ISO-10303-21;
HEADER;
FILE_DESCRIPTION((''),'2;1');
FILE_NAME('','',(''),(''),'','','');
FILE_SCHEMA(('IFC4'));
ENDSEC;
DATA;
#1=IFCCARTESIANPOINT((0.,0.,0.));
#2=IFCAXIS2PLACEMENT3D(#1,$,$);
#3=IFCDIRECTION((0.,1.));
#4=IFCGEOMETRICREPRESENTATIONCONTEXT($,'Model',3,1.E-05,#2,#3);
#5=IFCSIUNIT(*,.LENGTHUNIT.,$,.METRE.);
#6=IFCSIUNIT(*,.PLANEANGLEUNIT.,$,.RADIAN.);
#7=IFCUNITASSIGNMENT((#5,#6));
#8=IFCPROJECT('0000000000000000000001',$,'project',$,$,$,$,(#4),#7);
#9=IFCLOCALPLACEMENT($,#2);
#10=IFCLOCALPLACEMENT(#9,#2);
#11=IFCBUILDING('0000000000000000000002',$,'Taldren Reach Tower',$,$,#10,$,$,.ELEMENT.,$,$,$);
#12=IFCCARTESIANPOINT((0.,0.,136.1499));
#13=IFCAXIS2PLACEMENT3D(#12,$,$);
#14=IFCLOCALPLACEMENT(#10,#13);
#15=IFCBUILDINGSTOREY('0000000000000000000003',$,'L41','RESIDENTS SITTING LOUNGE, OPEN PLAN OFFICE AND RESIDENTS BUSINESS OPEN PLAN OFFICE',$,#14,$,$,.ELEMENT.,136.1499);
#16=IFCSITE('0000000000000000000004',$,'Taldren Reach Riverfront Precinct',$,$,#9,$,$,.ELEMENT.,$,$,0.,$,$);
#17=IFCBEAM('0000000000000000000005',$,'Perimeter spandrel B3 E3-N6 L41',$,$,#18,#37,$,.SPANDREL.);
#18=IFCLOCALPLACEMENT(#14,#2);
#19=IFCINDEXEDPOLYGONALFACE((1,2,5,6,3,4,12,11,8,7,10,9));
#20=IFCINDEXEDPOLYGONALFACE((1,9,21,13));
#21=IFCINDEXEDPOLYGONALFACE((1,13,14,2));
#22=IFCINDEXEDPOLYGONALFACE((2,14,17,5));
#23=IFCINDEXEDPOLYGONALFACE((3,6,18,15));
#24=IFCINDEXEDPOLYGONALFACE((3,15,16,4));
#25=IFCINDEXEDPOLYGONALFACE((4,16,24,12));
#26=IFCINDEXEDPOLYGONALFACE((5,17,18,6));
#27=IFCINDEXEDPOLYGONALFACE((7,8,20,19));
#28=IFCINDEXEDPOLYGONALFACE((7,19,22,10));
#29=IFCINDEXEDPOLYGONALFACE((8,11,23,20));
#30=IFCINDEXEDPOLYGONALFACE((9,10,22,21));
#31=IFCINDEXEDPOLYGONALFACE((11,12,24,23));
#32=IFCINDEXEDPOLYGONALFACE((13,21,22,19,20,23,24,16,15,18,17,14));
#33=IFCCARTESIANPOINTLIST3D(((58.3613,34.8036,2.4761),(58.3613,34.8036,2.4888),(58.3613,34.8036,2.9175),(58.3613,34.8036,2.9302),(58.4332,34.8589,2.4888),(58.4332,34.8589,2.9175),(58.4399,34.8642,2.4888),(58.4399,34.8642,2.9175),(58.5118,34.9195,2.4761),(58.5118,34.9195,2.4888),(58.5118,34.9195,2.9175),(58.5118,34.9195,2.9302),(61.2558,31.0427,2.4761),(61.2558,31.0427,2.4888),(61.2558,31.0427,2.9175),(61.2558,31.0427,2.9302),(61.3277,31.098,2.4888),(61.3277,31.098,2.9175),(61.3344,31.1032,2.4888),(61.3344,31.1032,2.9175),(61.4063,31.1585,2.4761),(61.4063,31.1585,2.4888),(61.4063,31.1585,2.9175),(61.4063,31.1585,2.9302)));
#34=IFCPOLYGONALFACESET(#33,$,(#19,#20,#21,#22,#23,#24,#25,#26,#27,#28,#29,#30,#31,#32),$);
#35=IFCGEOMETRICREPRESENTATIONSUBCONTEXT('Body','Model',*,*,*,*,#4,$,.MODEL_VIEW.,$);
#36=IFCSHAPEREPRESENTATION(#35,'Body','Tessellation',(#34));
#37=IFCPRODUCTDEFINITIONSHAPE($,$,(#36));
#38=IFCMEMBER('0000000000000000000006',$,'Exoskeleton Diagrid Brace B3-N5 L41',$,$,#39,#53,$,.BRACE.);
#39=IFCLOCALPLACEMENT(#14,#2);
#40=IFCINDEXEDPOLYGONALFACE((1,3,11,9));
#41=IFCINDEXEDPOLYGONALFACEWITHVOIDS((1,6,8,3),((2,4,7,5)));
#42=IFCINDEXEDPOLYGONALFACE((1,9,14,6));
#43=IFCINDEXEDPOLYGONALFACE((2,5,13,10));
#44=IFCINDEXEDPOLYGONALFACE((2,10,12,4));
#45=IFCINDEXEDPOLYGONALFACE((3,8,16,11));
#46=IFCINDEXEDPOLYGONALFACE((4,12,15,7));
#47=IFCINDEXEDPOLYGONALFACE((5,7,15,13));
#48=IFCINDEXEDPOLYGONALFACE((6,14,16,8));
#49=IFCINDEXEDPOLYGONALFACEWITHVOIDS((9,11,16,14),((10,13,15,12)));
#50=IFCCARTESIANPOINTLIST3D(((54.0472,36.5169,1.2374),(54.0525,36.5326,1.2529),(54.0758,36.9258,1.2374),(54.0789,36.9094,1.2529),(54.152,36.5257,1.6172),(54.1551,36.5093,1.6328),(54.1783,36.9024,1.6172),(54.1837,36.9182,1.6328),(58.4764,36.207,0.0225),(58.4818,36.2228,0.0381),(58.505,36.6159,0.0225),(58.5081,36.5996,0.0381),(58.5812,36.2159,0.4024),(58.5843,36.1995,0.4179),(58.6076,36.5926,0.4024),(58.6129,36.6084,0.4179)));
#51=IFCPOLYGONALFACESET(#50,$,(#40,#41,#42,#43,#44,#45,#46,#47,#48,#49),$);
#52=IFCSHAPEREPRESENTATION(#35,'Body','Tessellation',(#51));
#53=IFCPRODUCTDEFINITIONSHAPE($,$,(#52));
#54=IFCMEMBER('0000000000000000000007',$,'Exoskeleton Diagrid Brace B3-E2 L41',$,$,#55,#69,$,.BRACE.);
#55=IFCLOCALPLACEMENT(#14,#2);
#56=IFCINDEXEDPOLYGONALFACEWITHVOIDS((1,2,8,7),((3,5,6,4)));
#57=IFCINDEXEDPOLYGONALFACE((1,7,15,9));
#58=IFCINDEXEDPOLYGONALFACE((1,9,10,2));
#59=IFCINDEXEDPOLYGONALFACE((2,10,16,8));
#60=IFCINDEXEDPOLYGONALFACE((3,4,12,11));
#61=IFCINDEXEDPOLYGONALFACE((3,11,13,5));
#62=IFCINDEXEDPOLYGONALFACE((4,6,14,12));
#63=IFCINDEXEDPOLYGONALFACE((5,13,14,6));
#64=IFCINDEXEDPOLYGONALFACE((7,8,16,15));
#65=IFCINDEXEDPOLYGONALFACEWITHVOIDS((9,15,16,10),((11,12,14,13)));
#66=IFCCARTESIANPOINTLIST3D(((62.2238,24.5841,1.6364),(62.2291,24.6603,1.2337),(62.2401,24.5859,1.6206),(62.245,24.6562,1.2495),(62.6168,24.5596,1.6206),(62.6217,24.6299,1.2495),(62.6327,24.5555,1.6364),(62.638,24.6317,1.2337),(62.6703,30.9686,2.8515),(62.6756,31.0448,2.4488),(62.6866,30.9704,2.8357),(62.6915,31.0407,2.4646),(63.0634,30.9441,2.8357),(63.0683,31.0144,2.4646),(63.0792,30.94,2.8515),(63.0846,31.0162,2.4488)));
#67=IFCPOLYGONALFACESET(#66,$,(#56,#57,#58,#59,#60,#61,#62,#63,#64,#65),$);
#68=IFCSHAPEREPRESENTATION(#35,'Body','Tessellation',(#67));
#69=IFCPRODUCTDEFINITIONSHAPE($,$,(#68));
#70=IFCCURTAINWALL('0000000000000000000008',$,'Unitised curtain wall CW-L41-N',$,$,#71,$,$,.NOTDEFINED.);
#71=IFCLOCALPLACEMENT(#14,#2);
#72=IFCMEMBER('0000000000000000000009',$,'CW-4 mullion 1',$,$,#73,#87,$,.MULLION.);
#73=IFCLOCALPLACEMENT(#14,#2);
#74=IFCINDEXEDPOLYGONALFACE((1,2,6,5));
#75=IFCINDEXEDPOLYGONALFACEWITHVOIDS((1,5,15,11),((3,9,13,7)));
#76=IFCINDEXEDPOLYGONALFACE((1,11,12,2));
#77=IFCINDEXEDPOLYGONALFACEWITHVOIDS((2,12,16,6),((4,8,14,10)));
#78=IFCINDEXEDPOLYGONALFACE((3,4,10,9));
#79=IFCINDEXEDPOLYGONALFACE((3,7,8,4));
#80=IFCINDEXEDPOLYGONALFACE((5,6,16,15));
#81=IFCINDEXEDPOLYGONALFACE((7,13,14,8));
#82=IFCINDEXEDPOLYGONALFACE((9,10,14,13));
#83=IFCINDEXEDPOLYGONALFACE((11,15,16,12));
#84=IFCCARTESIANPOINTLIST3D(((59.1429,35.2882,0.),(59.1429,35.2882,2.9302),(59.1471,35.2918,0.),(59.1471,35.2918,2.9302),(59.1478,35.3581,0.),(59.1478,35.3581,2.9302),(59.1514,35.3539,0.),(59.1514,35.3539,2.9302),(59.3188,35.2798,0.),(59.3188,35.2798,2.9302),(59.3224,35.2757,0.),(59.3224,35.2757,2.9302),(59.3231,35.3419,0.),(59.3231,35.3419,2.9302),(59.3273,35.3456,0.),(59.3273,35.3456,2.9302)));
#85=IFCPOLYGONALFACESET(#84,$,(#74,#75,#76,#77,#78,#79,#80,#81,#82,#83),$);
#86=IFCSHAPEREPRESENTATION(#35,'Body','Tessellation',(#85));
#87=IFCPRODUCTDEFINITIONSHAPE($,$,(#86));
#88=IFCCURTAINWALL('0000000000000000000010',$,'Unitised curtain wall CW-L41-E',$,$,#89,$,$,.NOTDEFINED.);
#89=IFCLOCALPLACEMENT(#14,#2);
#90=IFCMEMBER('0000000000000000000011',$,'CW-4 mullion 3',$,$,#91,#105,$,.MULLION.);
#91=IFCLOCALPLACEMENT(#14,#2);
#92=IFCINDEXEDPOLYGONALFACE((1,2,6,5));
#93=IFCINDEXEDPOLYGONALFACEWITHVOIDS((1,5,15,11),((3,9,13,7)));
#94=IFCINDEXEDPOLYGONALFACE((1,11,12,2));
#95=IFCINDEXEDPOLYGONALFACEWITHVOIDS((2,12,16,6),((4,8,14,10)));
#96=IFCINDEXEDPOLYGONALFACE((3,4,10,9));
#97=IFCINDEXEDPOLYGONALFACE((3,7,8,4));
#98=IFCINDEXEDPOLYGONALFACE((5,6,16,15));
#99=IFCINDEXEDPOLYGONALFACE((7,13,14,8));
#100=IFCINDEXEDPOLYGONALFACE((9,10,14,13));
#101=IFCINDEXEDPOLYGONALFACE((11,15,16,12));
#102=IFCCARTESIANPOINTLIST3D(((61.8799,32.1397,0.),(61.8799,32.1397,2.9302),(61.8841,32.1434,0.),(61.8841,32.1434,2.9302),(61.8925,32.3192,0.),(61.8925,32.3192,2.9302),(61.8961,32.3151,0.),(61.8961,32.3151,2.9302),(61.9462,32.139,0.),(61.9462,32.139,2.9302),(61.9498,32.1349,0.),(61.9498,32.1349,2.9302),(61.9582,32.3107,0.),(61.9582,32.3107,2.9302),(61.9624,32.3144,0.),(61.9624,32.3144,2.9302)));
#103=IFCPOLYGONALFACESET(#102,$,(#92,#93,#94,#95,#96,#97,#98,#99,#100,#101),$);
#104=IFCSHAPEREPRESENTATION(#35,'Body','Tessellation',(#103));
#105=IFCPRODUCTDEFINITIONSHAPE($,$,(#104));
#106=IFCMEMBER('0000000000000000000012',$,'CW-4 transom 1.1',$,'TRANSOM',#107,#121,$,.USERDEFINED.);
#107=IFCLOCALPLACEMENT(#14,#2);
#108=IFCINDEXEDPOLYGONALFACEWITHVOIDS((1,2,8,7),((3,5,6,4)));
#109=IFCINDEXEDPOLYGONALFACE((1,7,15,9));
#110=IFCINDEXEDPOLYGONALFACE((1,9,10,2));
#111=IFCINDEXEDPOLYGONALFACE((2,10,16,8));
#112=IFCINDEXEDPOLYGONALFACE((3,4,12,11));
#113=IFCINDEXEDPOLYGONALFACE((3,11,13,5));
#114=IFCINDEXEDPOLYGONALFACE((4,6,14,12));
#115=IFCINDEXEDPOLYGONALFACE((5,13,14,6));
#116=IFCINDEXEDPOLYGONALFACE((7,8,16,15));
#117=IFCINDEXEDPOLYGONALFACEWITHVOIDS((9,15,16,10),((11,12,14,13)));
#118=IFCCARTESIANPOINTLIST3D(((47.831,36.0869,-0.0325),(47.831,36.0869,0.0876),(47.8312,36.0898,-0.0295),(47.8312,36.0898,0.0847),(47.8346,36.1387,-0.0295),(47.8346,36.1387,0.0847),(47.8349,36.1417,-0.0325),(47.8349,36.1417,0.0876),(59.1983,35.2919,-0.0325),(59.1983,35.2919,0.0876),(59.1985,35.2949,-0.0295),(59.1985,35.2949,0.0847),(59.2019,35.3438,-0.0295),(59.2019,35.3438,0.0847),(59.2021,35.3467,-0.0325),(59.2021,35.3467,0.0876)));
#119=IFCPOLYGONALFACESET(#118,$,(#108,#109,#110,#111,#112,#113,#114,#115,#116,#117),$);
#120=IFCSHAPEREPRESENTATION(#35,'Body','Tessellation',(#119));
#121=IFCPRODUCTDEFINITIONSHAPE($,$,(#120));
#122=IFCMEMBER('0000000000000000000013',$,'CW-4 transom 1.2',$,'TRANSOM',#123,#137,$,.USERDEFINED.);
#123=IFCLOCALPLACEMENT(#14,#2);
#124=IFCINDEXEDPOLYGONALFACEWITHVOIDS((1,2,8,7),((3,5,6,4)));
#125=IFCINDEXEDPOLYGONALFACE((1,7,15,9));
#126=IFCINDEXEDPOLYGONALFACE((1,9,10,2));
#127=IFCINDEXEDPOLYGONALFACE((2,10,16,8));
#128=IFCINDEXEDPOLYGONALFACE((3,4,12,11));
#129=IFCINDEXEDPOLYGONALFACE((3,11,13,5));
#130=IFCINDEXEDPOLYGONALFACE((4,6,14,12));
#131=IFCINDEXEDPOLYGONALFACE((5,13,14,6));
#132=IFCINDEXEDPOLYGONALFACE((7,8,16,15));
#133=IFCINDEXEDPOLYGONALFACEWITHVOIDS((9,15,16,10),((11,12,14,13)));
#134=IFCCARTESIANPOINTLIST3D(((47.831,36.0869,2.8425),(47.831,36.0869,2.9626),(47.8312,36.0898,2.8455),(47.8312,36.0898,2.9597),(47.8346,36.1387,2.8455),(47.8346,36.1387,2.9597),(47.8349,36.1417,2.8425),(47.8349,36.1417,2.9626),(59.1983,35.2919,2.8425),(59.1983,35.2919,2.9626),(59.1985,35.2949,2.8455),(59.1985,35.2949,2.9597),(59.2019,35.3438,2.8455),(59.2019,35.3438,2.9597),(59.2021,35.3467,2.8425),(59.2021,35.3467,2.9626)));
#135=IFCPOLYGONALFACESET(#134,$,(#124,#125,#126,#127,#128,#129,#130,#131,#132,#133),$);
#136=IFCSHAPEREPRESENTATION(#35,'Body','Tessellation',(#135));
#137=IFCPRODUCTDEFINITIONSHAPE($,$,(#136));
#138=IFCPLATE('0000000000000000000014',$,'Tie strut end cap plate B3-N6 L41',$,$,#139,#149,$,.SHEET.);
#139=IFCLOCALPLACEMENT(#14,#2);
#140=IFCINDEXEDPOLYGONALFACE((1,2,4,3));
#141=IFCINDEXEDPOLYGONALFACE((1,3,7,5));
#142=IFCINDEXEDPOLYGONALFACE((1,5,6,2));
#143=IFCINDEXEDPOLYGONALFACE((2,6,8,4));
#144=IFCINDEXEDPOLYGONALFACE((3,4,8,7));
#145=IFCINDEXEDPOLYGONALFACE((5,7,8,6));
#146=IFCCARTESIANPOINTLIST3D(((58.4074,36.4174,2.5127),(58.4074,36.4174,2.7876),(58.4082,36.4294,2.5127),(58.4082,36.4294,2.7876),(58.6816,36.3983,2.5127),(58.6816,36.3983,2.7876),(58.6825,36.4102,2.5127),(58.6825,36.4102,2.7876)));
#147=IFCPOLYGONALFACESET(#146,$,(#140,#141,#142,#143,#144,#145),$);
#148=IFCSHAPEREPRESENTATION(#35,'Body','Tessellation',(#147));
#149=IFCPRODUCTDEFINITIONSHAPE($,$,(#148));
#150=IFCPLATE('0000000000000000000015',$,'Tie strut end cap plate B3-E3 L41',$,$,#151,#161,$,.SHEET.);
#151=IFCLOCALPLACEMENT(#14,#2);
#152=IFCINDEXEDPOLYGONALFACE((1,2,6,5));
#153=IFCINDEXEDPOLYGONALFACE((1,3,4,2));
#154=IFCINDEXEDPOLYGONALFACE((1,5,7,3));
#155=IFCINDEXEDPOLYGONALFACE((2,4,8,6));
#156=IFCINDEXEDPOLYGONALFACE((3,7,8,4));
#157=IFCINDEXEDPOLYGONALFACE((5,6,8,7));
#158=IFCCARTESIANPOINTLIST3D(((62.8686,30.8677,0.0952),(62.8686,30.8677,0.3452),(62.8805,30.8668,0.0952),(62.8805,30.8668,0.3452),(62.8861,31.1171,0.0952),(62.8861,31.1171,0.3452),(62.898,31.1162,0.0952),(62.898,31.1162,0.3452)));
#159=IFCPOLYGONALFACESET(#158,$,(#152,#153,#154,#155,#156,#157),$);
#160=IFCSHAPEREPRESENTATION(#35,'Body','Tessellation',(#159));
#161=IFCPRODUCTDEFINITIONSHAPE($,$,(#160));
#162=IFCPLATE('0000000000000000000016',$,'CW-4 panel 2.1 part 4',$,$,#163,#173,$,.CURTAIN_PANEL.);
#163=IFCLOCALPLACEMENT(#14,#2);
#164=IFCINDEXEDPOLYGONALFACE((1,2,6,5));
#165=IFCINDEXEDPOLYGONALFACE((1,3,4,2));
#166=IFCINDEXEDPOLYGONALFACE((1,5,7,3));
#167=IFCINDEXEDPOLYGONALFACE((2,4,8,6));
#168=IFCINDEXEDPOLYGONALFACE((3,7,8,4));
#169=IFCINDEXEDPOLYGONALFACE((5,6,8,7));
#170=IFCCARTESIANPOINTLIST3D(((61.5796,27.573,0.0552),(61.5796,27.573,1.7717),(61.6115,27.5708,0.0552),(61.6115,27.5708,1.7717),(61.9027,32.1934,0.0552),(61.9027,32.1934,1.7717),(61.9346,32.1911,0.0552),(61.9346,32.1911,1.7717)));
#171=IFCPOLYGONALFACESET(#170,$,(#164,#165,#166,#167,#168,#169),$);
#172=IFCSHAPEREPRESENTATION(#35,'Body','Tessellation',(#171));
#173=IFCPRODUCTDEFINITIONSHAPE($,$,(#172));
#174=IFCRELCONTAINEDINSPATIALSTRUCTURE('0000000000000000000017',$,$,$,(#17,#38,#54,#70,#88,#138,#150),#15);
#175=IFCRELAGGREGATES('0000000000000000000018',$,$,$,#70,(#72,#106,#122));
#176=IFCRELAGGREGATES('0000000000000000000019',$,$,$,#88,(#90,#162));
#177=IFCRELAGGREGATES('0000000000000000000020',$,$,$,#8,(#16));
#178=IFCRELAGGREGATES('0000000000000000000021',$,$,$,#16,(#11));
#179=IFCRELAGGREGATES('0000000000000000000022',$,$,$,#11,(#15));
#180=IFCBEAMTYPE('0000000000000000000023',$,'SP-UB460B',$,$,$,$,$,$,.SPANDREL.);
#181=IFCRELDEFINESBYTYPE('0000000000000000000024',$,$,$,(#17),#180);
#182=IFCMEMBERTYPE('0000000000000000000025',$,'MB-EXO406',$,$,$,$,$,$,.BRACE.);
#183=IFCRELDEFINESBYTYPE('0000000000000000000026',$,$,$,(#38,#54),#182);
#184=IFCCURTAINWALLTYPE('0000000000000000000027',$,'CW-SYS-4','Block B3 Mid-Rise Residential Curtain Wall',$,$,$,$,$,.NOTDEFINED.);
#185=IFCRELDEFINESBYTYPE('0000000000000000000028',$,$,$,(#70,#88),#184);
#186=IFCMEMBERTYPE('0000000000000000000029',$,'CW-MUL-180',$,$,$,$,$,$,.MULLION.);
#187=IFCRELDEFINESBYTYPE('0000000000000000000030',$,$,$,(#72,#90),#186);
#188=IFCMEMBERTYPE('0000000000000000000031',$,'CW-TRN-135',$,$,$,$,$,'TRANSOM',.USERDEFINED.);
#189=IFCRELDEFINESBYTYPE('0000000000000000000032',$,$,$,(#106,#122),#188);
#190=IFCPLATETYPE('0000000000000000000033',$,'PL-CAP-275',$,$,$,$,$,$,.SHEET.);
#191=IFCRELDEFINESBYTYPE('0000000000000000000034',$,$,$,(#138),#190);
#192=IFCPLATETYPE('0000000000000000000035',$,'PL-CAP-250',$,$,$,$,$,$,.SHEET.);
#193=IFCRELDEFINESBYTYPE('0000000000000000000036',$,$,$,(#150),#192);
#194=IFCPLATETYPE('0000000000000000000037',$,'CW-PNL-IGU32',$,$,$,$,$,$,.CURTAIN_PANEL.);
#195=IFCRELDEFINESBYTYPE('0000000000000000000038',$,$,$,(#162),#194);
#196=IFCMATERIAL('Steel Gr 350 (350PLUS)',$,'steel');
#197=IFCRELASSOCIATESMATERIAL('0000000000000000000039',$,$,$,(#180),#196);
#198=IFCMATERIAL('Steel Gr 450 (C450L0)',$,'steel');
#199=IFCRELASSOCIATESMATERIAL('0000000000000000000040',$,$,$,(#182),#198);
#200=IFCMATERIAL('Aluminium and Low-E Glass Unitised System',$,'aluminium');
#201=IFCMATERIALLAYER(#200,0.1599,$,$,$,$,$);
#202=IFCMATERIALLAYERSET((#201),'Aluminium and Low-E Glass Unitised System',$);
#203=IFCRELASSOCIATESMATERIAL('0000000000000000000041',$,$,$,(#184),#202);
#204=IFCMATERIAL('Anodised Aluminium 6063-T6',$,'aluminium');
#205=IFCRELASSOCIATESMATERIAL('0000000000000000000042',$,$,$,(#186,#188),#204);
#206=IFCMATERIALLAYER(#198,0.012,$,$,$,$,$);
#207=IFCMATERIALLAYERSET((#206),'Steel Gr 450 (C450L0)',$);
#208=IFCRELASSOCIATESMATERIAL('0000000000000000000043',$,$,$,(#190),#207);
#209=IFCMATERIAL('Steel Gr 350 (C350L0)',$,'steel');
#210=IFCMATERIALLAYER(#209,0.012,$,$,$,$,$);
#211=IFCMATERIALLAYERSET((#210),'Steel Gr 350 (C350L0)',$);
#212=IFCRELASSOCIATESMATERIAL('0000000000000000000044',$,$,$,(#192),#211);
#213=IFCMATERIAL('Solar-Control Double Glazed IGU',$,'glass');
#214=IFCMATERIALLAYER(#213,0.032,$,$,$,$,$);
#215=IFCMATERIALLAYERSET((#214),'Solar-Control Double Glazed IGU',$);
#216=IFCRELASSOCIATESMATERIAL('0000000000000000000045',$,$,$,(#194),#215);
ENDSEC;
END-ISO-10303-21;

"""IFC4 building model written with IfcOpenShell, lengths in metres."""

from ifc_helpers import new_model, si_unit, direction, frame, origin, origin_2d, place, context, subcontext, project, spatial, rectangle, hollow_rectangle, i_section, extrude, source, transform, mapped, material, layer, layer_set, material_profile, profile_set, type_object, element, aggregate, save


model = new_model("IFC4")

# Units and contexts
model_context = context("Model", 3, precision=1e-05, world=origin(), true_north=direction((0.0, 1.0)))
body_context = subcontext(model_context, "Body", "Model", "MODEL_VIEW")
ifc_project = project(units=[si_unit("LENGTHUNIT", "METRE"), si_unit("PLANEANGLEUNIT", "RADIAN")], contexts=[model_context])

# Site, building, storey
site_placement = place(None, origin())
site = spatial("IfcSite", under=ifc_project, at=site_placement, Name="Taldren Reach Riverfront Precinct", CompositionType="ELEMENT", RefElevation=0.0)
building_placement = place(site_placement, origin())
building = spatial("IfcBuilding", under=site, at=building_placement, Name="Taldren Reach Tower", CompositionType="ELEMENT")
storey_placement = place(building_placement, frame((0.0, 0.0, 136.1499)))
storey = spatial("IfcBuildingStorey", under=building, at=storey_placement, Name="L41", Description="RESIDENTS SITTING LOUNGE, OPEN PLAN OFFICE AND RESIDENTS BUSINESS OPEN PLAN OFFICE", CompositionType="ELEMENT", Elevation=136.1499)

# Shared definitions
ifc_material_1 = material(Name="Steel Gr 450 (C450L0)", Category="steel")
ifc_material_2 = material(Name="Steel Gr 350 (350PLUS)", Category="steel")

# Shared definitions
ifc_material_3 = material(Name="Steel Gr 350 (C350L0)", Category="steel")

# Beam
ifc_material_profile_1 = material_profile(ifc_material_2, i_section(OverallWidth=0.1899, OverallDepth=0.4541, WebThickness=0.0085, FlangeThickness=0.0127, at=origin_2d()), Name="460UB67.1")
ifc_profile_set_1 = profile_set([ifc_material_profile_1], Name="Steel Gr 350 (350PLUS)")
beam_type = type_object("IfcBeamType", Name="SP-UB460B", PredefinedType="SPANDREL", material=ifc_profile_set_1)
shared_shape_1 = source(origin(), body_context, "Body", "SweptSolid", [
    extrude(i_section(OverallWidth=0.1899, OverallDepth=0.4541, WebThickness=0.0085, FlangeThickness=0.0127, at=origin_2d()), origin(), (0.0, 0.0, 1.0), 4.7458),
])
beam_1_placement = place(storey_placement, frame((61.3311, 31.1006, 2.7031), z_axis=(-0.609905, 0.792475, 0.0), x_axis=(-0.792475, -0.609905, 0.0)))
element("IfcBeam", 1, at=beam_1_placement, inside=storey, type_object=beam_type, Name="Perimeter spandrel B3 E3-N6 L41", PredefinedType="SPANDREL", context=body_context, shape_type="MappedRepresentation", body=[
    mapped(shared_shape_1, transform((0.0, 0.0, 0.0), scale=1.0)),
])

# Members
ifc_material_profile_2 = material_profile(ifc_material_1, hollow_rectangle(XDim=0.4099, YDim=0.4099, WallThickness=0.0161, at=origin_2d()), Name="410x410x16.0SHS")
ifc_profile_set_2 = profile_set([ifc_material_profile_2], Name="Steel Gr 450 (C450L0)")
member_type_1 = type_object("IfcMemberType", Name="MB-EXO406", PredefinedType="BRACE", material=ifc_profile_set_2)
shared_shape_2 = source(origin(), body_context, "Body", "SweptSolid", [
    extrude(hollow_rectangle(XDim=0.4099, YDim=0.4099, WallThickness=0.0161, at=origin_2d()), origin(), (0.0, 0.0, 1.0), 4.6033),
])
member_1_placement = place(storey_placement, frame((58.5447, 36.4077, 0.2202), z_axis=(-0.962196, 0.067304, 0.263912), x_axis=(-0.069778, -0.997563, 0.0)))
element("IfcMember", 2, at=member_1_placement, inside=storey, type_object=member_type_1, Name="Exoskeleton Diagrid Brace B3-N5 L41", PredefinedType="BRACE", context=body_context, shape_type="MappedRepresentation", body=[
    mapped(shared_shape_2, transform((0.0, 0.0, 0.0), scale=1.0)),
])
shared_shape_3 = source(origin(), body_context, "Body", "SweptSolid", [
    extrude(hollow_rectangle(XDim=0.4099, YDim=0.4099, WallThickness=0.0161, at=origin_2d()), origin(), (0.0, 0.0, 1.0), 6.5144),
])
member_2_placement = place(storey_placement, frame((62.4309, 24.6079, 1.4351), z_axis=(0.068545, 0.980057, 0.186522), x_axis=(-0.997563, 0.06977, 0.0)))
element("IfcMember", 3, at=member_2_placement, inside=storey, type_object=member_type_1, Name="Exoskeleton Diagrid Brace B3-E2 L41", PredefinedType="BRACE", context=body_context, shape_type="MappedRepresentation", body=[
    mapped(shared_shape_3, transform((0.0, 0.0, 0.0), scale=1.0)),
])

# Curtain walls, members
ifc_material_4 = material(Name="Aluminium and Low-E Glass Unitised System", Category="aluminium")
ifc_layer_1 = layer(ifc_material_4, 0.1599)
ifc_layer_set_1 = layer_set([ifc_layer_1], Name="Aluminium and Low-E Glass Unitised System")
curtain_wall_type = type_object("IfcCurtainWallType", Name="CW-SYS-4", Description="Block B3 Mid-Rise Residential Curtain Wall", PredefinedType="NOTDEFINED", material=ifc_layer_set_1)
curtain_wall_1_placement = place(storey_placement, origin())
curtain_wall_1 = element("IfcCurtainWall", 4, at=curtain_wall_1_placement, inside=storey, type_object=curtain_wall_type, Name="Unitised curtain wall CW-L41-N", PredefinedType="NOTDEFINED")
ifc_material_5 = material(Name="Anodised Aluminium 6063-T6", Category="aluminium")
ifc_material_profile_3 = material_profile(ifc_material_5, hollow_rectangle(XDim=0.0701, YDim=0.1799, WallThickness=0.0039, at=origin_2d()), Name="ALU-180x70x4RHS")
ifc_profile_set_3 = profile_set([ifc_material_profile_3], Name="Anodised Aluminium 6063-T6")
member_type_2 = type_object("IfcMemberType", Name="CW-MUL-180", PredefinedType="MULLION", material=ifc_profile_set_3)
shared_shape_4 = source(origin(), body_context, "Body", "SweptSolid", [
    extrude(hollow_rectangle(XDim=0.0701, YDim=0.1799, WallThickness=0.0039, at=origin_2d()), origin(), (0.0, 0.0, 1.0), 2.9302),
])
member_3_placement = place(storey_placement, frame((59.2351, 35.3169, 0.0), z_axis=(0.0, 0.0, 1.0), x_axis=(-0.069757, -0.997564, 0.0)))
member_3 = element("IfcMember", 5, at=member_3_placement, type_object=member_type_2, Name="CW-4 mullion 1", PredefinedType="MULLION", context=body_context, shape_type="MappedRepresentation", body=[
    mapped(shared_shape_4, transform((0.0, 0.0, 0.0), scale=1.0)),
])
curtain_wall_2_placement = place(storey_placement, origin())
curtain_wall_2 = element("IfcCurtainWall", 6, at=curtain_wall_2_placement, inside=storey, type_object=curtain_wall_type, Name="Unitised curtain wall CW-L41-E", PredefinedType="NOTDEFINED")
member_4_placement = place(storey_placement, frame((61.9211, 32.2271, 0.0), z_axis=(0.0, 0.0, 1.0), x_axis=(-0.997564, 0.069756, 0.0)))
member_4 = element("IfcMember", 7, at=member_4_placement, type_object=member_type_2, Name="CW-4 mullion 3", PredefinedType="MULLION", context=body_context, shape_type="MappedRepresentation", body=[
    mapped(shared_shape_4, transform((0.0, 0.0, 0.0), scale=1.0)),
])

# Members
ifc_material_profile_4 = material_profile(ifc_material_5, hollow_rectangle(XDim=0.0549, YDim=0.1201, WallThickness=0.0029, at=origin_2d()), Name="ALU-120x55x3RHS")
ifc_profile_set_4 = profile_set([ifc_material_profile_4], Name="Anodised Aluminium 6063-T6")
member_type_3 = type_object("IfcMemberType", Name="CW-TRN-135", ElementType="TRANSOM", PredefinedType="USERDEFINED", material=ifc_profile_set_4)
shared_shape_5 = source(origin(), body_context, "Body", "SweptSolid", [
    extrude(hollow_rectangle(XDim=0.0549, YDim=0.1201, WallThickness=0.0029, at=origin_2d()), origin(), (0.0, 0.0, 1.0), 11.395),
])
member_5_placement = place(storey_placement, frame((59.2002, 35.3193, 0.0276), z_axis=(-0.997564, 0.069761, 0.0), x_axis=(-0.069761, -0.997564, 0.0)))
member_5 = element("IfcMember", 8, at=member_5_placement, type_object=member_type_3, Name="CW-4 transom 1.1", ObjectType="TRANSOM", PredefinedType="USERDEFINED", context=body_context, shape_type="MappedRepresentation", body=[
    mapped(shared_shape_5, transform((0.0, 0.0, 0.0), scale=1.0)),
])
member_6_placement = place(storey_placement, frame((59.2002, 35.3193, 2.9026), z_axis=(-0.997564, 0.069761, 0.0), x_axis=(-0.069761, -0.997564, 0.0)))
member_6 = element("IfcMember", 9, at=member_6_placement, type_object=member_type_3, Name="CW-4 transom 1.2", ObjectType="TRANSOM", PredefinedType="USERDEFINED", context=body_context, shape_type="MappedRepresentation", body=[
    mapped(shared_shape_5, transform((0.0, 0.0, 0.0), scale=1.0)),
])
aggregate(curtain_wall_1, [member_3, member_5, member_6])

# Plates
ifc_layer_2 = layer(ifc_material_1, 0.012)
ifc_layer_set_2 = layer_set([ifc_layer_2], Name="Steel Gr 450 (C450L0)")
plate_type_1 = type_object("IfcPlateType", Name="PL-CAP-275", PredefinedType="SHEET", material=ifc_layer_set_2)
shared_shape_6 = source(origin(), body_context, "Body", "SweptSolid", [
    extrude(rectangle(XDim=0.2749, YDim=0.012, at=origin_2d()), origin(), (0.0, 0.0, 1.0), 0.2749),
])
plate_1_placement = place(storey_placement, frame((58.5449, 36.4138, 2.5127), z_axis=(0.0, 0.0, 1.0), x_axis=(0.997564, -0.069756, 0.0)))
element("IfcPlate", 10, at=plate_1_placement, inside=storey, type_object=plate_type_1, Name="Tie strut end cap plate B3-N6 L41", PredefinedType="SHEET", context=body_context, shape_type="MappedRepresentation", body=[
    mapped(shared_shape_6, transform((0.0, 0.0, 0.0), scale=1.0)),
])
ifc_layer_3 = layer(ifc_material_3, 0.012)
ifc_layer_set_3 = layer_set([ifc_layer_3], Name="Steel Gr 350 (C350L0)")
plate_type_2 = type_object("IfcPlateType", Name="PL-CAP-250", PredefinedType="SHEET", material=ifc_layer_set_3)
shared_shape_7 = source(origin(), body_context, "Body", "SweptSolid", [
    extrude(rectangle(XDim=0.012, YDim=0.25, at=origin_2d()), origin(), (0.0, 0.0, 1.0), 0.25),
])
plate_2_placement = place(storey_placement, frame((62.8833, 30.9919, 0.0952), z_axis=(0.0, 0.0, 1.0), x_axis=(0.997564, -0.069756, 0.0)))
element("IfcPlate", 11, at=plate_2_placement, inside=storey, type_object=plate_type_2, Name="Tie strut end cap plate B3-E3 L41", PredefinedType="SHEET", context=body_context, shape_type="MappedRepresentation", body=[
    mapped(shared_shape_7, transform((0.0, 0.0, 0.0), scale=1.0)),
])

# Plate
ifc_material_6 = material(Name="Solar-Control Double Glazed IGU", Category="glass")
ifc_layer_4 = layer(ifc_material_6, 0.032)
ifc_layer_set_4 = layer_set([ifc_layer_4], Name="Solar-Control Double Glazed IGU")
plate_type_3 = type_object("IfcPlateType", Name="CW-PNL-IGU32", PredefinedType="CURTAIN_PANEL", material=ifc_layer_set_4)
shared_shape_8 = source(origin(), body_context, "Body", "SweptSolid", [
    extrude(rectangle(XDim=4.6316, YDim=0.032, at=origin_2d()), origin(), (0.0, 0.0, 1.0), 1.7166),
])
plate_3_placement = place(storey_placement, frame((61.7571, 29.8821, 0.0552), z_axis=(0.0, 0.0, 1.0), x_axis=(0.069756, 0.997564, 0.0)))
plate_3 = element("IfcPlate", 12, at=plate_3_placement, type_object=plate_type_3, Name="CW-4 panel 2.1 part 4", PredefinedType="CURTAIN_PANEL", context=body_context, shape_type="MappedRepresentation", body=[
    mapped(shared_shape_8, transform((0.0, 0.0, 0.0), scale=1.0)),
])
aggregate(curtain_wall_2, [member_4, plate_3])

save(model, "model.ifc")
